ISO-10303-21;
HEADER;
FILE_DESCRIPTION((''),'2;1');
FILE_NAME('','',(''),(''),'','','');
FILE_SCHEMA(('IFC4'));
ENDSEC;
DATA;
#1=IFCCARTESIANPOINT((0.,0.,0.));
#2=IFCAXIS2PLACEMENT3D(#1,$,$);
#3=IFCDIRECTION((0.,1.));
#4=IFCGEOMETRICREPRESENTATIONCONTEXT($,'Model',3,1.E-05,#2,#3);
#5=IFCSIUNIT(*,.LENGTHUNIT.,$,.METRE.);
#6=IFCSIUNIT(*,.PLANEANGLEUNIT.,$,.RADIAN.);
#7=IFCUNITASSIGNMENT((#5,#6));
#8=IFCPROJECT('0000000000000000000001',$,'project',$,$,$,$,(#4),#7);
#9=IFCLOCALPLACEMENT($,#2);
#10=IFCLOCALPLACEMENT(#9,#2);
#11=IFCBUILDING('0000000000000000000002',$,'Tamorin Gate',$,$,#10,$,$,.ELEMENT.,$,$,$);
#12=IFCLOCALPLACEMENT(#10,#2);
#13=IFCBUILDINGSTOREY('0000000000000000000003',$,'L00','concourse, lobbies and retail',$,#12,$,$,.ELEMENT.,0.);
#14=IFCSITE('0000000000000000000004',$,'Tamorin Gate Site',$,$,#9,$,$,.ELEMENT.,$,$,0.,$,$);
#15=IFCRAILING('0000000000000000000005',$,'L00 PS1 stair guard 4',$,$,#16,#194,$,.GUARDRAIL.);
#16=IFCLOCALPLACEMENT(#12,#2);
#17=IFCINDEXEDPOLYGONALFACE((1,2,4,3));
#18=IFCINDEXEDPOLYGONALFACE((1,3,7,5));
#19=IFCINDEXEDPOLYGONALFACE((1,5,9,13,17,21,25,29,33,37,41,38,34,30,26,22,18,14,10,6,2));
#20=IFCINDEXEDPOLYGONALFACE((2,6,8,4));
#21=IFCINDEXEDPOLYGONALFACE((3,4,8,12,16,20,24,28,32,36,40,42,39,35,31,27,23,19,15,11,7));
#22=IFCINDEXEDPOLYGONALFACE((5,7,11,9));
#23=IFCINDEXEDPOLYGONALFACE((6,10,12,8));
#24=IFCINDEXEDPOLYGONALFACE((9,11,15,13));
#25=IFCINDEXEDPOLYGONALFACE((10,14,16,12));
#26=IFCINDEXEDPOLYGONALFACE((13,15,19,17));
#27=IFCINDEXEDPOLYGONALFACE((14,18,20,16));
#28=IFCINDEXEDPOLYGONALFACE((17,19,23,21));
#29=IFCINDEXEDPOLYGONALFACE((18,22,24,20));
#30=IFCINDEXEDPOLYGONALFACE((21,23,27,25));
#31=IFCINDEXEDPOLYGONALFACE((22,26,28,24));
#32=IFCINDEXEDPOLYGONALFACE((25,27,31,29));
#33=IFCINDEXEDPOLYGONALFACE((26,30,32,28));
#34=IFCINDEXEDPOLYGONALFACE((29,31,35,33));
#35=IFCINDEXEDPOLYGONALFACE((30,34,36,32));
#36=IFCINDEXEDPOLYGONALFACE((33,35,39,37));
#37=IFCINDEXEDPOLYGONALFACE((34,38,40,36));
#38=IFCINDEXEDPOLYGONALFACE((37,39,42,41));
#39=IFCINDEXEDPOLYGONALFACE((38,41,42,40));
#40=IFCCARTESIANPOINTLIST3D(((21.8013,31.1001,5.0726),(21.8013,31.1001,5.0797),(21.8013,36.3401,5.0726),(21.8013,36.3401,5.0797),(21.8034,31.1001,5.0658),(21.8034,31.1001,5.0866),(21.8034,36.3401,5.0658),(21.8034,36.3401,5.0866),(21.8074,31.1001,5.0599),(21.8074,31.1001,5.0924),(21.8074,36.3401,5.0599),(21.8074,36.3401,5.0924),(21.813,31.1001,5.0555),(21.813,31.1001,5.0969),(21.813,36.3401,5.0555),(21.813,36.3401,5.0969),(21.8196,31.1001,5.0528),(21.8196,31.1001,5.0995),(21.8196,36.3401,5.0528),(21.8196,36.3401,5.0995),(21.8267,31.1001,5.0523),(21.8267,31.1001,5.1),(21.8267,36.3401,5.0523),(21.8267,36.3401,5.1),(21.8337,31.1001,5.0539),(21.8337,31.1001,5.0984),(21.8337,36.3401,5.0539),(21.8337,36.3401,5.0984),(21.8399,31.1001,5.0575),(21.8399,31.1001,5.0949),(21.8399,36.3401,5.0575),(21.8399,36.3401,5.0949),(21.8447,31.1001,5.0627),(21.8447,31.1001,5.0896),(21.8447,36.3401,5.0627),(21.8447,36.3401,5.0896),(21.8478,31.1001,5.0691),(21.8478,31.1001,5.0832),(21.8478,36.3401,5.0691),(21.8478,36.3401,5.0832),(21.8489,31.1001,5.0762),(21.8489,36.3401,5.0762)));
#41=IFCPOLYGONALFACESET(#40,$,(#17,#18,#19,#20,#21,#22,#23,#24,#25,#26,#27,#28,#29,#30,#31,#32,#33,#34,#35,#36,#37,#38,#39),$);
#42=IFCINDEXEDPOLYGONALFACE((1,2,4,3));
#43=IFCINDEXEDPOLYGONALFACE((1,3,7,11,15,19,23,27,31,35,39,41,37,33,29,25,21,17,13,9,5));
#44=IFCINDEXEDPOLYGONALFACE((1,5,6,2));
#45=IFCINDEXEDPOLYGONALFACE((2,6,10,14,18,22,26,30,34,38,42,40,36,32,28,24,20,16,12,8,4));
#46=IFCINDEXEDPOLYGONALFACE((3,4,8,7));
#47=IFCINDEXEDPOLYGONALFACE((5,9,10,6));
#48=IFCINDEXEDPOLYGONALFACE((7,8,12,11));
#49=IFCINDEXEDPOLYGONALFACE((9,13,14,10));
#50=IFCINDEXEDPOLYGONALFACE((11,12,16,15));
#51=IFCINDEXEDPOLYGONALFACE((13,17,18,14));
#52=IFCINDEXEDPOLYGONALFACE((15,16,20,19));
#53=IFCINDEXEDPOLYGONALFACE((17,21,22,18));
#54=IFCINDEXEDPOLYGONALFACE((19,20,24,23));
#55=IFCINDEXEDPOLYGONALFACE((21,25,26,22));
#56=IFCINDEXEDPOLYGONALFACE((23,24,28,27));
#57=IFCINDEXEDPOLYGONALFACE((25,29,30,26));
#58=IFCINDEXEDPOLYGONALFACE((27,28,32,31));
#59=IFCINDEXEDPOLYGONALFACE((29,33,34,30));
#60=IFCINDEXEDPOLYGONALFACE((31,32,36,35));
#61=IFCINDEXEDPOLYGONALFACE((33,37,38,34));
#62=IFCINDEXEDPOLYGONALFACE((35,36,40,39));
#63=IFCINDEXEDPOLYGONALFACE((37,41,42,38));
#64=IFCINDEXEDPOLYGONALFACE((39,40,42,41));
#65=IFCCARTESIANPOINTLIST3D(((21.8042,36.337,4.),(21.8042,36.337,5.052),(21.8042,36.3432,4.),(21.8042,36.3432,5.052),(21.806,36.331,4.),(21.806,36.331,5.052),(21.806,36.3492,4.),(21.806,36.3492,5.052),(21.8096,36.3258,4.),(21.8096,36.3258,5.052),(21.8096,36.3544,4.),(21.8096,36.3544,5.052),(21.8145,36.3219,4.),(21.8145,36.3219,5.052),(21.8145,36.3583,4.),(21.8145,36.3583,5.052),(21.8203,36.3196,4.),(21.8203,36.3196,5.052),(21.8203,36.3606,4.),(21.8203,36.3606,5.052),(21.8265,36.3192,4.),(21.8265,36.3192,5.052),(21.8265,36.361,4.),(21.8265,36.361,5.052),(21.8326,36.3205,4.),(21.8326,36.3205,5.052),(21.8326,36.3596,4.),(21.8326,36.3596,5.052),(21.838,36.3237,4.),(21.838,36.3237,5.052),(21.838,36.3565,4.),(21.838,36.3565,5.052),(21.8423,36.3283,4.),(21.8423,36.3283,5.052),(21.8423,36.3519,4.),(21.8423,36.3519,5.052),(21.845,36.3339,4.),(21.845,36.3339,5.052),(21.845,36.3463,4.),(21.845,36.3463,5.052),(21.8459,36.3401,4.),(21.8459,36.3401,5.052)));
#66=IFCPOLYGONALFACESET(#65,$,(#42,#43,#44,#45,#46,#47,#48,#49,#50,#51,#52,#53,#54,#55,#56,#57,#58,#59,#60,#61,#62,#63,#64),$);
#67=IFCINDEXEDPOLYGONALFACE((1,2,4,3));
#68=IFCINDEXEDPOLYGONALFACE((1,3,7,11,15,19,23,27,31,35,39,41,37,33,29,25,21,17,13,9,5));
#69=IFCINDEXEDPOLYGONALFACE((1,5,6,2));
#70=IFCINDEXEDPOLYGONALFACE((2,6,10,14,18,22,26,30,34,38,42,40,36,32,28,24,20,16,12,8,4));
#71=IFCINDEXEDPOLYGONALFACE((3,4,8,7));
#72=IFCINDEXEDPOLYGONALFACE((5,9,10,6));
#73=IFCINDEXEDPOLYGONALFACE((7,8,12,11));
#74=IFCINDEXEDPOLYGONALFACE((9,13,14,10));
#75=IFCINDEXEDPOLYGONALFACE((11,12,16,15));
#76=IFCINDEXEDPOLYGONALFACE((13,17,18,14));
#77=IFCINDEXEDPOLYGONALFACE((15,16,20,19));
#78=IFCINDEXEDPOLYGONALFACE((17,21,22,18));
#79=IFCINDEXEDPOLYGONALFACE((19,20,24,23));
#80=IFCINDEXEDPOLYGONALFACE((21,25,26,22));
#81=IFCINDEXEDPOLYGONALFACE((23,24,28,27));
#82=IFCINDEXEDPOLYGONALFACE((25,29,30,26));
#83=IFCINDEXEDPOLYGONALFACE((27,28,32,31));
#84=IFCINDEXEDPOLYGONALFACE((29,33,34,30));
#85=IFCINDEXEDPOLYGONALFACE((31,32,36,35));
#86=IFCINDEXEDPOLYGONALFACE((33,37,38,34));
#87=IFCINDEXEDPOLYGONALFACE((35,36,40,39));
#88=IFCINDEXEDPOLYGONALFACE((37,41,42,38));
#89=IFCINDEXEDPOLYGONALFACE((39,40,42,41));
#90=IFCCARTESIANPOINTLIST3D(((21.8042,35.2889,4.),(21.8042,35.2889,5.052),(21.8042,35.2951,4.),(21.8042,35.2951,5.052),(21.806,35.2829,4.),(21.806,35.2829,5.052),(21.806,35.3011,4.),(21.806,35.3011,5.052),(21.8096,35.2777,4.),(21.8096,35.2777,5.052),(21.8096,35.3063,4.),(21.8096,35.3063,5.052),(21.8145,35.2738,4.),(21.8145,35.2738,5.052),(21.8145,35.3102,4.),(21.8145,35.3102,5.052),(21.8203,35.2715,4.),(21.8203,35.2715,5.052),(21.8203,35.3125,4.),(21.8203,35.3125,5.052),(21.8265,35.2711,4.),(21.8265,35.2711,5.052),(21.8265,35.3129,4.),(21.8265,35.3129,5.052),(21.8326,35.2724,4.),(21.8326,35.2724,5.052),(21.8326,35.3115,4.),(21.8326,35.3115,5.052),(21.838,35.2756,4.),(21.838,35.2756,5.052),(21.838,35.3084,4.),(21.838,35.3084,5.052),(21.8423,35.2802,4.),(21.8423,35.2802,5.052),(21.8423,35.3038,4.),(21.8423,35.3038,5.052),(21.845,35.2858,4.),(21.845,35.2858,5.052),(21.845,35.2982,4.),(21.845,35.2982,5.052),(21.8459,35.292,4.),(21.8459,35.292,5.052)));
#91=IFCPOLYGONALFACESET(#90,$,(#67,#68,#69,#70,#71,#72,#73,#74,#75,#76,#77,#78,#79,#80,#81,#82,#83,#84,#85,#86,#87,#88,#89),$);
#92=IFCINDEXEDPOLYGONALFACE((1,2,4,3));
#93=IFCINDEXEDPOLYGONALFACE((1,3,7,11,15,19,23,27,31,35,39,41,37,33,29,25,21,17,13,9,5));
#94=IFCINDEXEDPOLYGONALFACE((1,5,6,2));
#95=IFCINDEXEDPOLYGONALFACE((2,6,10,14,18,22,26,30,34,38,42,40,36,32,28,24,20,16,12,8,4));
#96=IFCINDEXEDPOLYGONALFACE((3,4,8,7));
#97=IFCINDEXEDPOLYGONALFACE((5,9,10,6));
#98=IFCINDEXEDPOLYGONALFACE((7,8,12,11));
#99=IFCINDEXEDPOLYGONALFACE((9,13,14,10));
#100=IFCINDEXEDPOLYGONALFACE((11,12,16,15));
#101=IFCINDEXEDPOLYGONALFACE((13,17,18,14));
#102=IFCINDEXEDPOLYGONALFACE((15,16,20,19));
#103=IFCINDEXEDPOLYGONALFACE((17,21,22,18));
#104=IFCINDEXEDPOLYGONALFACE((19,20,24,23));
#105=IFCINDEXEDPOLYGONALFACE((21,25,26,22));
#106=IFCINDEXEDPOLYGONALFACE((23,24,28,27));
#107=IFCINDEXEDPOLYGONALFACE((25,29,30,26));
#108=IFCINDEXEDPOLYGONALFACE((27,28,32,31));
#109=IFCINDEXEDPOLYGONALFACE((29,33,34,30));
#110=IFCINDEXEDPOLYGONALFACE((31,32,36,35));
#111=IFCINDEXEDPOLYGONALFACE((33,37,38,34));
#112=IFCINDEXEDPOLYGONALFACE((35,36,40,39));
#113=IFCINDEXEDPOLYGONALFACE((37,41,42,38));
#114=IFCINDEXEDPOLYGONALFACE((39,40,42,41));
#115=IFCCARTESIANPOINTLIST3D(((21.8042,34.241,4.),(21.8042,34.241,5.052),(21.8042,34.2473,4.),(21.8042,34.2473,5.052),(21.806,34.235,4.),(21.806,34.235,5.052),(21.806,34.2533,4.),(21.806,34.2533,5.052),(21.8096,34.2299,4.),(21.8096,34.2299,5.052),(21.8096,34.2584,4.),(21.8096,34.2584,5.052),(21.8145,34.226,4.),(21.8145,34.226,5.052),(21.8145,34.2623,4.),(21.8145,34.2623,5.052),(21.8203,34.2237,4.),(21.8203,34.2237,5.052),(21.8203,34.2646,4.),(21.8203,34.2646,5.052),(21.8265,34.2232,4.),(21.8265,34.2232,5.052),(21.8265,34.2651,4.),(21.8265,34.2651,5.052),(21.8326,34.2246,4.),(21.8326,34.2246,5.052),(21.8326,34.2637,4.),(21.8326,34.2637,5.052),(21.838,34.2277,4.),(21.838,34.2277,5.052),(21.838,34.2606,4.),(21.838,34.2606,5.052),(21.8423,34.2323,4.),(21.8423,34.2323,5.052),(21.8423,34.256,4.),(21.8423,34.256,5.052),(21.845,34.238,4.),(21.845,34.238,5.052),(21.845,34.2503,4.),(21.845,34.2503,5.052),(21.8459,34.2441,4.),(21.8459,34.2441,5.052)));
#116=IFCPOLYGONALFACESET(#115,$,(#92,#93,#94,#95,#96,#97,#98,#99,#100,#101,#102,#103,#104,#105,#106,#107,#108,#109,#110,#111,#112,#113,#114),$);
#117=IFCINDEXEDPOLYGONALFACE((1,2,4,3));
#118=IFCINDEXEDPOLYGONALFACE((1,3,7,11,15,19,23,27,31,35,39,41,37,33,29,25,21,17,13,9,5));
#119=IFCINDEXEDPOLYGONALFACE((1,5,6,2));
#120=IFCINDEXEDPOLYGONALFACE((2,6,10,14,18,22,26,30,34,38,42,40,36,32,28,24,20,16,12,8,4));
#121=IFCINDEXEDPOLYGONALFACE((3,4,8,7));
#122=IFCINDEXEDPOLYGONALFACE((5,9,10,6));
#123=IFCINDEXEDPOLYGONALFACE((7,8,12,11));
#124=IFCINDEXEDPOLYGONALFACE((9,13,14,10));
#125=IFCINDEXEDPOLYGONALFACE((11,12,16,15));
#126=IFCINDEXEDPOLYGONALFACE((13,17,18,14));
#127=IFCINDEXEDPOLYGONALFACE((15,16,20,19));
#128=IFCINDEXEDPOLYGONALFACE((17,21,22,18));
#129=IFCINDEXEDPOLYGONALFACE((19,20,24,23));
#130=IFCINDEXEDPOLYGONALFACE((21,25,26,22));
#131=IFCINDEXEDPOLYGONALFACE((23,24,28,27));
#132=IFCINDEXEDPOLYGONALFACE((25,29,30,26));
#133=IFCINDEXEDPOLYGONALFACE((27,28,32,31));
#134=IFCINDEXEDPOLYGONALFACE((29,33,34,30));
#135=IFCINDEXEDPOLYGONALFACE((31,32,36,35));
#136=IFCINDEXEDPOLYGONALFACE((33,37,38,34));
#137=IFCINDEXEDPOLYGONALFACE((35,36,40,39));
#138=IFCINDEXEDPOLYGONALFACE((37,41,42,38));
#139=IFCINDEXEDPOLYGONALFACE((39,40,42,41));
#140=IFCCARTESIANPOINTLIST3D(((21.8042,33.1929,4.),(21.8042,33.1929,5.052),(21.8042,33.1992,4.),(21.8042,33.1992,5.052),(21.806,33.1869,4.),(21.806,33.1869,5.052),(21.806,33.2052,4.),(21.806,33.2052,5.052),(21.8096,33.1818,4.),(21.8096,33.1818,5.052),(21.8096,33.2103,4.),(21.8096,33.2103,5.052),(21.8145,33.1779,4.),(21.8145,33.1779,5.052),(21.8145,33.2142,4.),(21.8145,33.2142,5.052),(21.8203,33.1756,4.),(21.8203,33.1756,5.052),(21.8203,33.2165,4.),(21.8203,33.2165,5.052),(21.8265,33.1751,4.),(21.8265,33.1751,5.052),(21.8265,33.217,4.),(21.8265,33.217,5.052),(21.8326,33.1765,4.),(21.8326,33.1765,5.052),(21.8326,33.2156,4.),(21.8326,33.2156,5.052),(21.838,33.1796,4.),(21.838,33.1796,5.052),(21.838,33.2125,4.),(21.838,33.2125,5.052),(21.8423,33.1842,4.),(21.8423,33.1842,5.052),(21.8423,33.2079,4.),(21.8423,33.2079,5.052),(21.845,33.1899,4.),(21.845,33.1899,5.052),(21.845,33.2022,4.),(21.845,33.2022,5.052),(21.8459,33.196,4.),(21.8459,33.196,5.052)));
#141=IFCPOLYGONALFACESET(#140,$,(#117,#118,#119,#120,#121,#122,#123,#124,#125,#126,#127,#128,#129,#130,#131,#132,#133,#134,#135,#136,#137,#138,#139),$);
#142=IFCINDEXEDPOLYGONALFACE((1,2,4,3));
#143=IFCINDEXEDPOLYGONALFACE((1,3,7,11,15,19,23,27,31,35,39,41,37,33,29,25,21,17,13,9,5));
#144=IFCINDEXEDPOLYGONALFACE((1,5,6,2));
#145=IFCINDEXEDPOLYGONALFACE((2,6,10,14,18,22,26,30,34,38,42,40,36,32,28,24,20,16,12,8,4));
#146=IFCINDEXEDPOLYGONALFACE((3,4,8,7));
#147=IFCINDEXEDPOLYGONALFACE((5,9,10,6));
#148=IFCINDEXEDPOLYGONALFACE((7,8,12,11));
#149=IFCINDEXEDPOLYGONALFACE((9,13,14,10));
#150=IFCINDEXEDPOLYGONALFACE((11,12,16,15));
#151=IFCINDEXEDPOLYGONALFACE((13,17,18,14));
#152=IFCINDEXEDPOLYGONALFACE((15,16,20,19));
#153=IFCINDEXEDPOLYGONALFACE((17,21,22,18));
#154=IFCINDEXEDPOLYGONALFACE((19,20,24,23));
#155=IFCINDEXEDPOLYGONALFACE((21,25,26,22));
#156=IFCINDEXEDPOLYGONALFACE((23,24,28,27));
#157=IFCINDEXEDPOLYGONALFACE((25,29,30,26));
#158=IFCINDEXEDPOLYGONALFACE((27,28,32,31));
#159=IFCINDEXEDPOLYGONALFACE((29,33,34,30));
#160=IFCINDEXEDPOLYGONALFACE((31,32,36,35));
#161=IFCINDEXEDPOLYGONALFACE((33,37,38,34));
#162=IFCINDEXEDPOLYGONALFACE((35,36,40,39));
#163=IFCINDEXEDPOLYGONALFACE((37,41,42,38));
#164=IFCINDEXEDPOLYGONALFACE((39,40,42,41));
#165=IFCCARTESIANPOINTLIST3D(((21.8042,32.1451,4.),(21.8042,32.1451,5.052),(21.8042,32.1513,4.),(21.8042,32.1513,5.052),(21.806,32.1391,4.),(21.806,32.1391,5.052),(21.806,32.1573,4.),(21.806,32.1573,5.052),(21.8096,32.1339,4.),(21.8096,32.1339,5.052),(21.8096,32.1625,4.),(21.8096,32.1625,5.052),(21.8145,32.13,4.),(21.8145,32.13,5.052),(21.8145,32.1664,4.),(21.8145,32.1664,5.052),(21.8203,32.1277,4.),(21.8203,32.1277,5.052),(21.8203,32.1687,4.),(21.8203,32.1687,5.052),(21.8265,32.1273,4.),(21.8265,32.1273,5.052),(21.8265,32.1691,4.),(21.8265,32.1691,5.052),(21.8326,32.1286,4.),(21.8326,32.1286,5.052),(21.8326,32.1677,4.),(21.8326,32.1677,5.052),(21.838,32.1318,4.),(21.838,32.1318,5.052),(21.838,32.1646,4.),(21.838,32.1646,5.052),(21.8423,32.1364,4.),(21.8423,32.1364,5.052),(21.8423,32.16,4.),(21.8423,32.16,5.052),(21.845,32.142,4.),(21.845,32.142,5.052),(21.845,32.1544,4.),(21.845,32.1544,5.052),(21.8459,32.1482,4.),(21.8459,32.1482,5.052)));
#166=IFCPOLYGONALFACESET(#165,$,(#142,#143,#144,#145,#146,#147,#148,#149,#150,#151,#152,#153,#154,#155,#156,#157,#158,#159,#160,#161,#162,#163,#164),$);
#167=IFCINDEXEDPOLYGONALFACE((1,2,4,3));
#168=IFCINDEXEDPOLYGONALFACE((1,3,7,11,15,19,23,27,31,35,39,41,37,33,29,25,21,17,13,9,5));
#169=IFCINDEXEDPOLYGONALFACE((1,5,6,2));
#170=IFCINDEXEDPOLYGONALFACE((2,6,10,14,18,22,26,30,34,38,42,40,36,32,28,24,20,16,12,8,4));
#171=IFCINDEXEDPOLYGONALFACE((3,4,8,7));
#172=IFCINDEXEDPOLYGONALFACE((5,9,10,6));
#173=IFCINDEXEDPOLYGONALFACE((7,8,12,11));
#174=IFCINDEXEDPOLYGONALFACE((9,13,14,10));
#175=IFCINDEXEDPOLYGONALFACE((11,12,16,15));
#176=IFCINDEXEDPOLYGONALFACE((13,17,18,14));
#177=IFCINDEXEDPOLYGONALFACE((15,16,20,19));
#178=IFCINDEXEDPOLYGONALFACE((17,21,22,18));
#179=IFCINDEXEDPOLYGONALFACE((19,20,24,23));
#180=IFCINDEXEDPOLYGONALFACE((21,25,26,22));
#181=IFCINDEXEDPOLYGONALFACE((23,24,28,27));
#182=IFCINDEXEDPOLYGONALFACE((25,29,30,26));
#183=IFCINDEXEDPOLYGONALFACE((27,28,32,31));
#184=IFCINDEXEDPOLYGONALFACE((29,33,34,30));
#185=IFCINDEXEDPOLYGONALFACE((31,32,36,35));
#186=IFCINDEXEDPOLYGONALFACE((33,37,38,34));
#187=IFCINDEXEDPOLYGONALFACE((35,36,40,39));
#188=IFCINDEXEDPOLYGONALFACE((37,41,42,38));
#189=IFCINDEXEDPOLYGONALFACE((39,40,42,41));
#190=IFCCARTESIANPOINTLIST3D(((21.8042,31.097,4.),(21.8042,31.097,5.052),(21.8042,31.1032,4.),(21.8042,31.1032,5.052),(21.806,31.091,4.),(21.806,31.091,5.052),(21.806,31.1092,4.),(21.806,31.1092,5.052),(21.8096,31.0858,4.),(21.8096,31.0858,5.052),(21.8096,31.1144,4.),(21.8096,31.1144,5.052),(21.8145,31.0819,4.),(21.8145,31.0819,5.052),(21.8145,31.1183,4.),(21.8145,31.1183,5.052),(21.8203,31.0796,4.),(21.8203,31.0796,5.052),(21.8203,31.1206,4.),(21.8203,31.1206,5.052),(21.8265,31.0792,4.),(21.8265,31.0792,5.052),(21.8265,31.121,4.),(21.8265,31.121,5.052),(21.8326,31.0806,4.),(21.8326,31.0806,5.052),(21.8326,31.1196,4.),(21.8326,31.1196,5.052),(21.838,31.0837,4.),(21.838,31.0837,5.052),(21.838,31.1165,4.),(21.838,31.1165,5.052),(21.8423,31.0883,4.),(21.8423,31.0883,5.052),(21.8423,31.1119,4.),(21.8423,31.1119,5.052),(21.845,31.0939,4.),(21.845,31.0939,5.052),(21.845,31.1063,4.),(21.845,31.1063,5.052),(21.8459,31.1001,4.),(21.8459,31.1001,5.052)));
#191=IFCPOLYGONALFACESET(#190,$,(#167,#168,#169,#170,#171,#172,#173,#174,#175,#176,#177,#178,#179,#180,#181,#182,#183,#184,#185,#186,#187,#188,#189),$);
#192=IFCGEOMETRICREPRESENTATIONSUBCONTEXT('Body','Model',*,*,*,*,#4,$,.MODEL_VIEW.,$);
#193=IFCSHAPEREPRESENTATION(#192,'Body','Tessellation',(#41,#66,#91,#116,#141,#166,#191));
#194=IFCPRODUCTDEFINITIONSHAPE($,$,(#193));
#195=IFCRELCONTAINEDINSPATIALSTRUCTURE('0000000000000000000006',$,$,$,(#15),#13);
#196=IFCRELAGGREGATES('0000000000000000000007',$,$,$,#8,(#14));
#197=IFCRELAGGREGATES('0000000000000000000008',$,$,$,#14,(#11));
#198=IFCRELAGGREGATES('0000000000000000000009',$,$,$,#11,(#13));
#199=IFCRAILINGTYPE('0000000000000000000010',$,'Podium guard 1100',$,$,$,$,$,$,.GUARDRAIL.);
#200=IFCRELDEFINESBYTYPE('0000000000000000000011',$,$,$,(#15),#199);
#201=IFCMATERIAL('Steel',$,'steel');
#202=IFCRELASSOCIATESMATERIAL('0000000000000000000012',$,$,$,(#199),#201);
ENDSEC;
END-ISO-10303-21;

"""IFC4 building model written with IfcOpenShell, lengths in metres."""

from ifc_helpers import new_model, si_unit, direction, frame, origin, origin_2d, place, context, subcontext, project, spatial, circle, extrude, material, type_object, element, save


model = new_model("IFC4")

# Units and contexts
model_context = context("Model", 3, precision=1e-05, world=origin(), true_north=direction((0.0, 1.0)))
body_context = subcontext(model_context, "Body", "Model", "MODEL_VIEW")
ifc_project = project(units=[si_unit("LENGTHUNIT", "METRE"), si_unit("PLANEANGLEUNIT", "RADIAN")], contexts=[model_context])

# Site, building, storey
site_placement = place(None, origin())
site = spatial("IfcSite", under=ifc_project, at=site_placement, Name="Tamorin Gate Site", CompositionType="ELEMENT", RefElevation=0.0)
building_placement = place(site_placement, origin())
building = spatial("IfcBuilding", under=site, at=building_placement, Name="Tamorin Gate", CompositionType="ELEMENT")
storey_placement = place(building_placement, origin())
storey = spatial("IfcBuildingStorey", under=building, at=storey_placement, Name="L00", Description="concourse, lobbies and retail", CompositionType="ELEMENT", Elevation=0.0)

# Railing
ifc_material_1 = material(Name="Steel", Category="steel")
railing_type_1 = type_object("IfcRailingType", Name="Podium guard 1100", PredefinedType="GUARDRAIL", material=ifc_material_1)
for number, where, name in (
    (1, (21.825, 36.3401, 4.0), "L00 PS1 stair guard 4"),
):
    element("IfcRailing", number, at=place(storey_placement, frame(where)), inside=storey, type_object=railing_type_1, Name=name, PredefinedType="GUARDRAIL", context=body_context, shape_type="SweptSolid", body=[
        extrude(circle(Radius=0.0239, at=origin_2d()), frame((0.0, 0.0, 1.0762), z_axis=(0.0, -1.0, 0.0), x_axis=(1.0, 0.0, 0.0)), (0.0, 0.0, 1.0), 5.24),
        extrude(circle(Radius=0.021, at=origin_2d()), origin(), (0.0, 0.0, 1.0), 1.052),
        extrude(circle(Radius=0.021, at=origin_2d()), frame((0.0, -1.0481, 0.0)), (0.0, 0.0, 1.0), 1.052),
        extrude(circle(Radius=0.021, at=origin_2d()), frame((0.0, -2.0959, 0.0)), (0.0, 0.0, 1.0), 1.052),
        extrude(circle(Radius=0.021, at=origin_2d()), frame((0.0, -3.144, 0.0)), (0.0, 0.0, 1.0), 1.052),
        extrude(circle(Radius=0.021, at=origin_2d()), frame((0.0, -4.1919, 0.0)), (0.0, 0.0, 1.0), 1.052),
        extrude(circle(Radius=0.021, at=origin_2d()), frame((0.0, -5.24, 0.0)), (0.0, 0.0, 1.0), 1.052),
    ])

save(model, "model.ifc")
